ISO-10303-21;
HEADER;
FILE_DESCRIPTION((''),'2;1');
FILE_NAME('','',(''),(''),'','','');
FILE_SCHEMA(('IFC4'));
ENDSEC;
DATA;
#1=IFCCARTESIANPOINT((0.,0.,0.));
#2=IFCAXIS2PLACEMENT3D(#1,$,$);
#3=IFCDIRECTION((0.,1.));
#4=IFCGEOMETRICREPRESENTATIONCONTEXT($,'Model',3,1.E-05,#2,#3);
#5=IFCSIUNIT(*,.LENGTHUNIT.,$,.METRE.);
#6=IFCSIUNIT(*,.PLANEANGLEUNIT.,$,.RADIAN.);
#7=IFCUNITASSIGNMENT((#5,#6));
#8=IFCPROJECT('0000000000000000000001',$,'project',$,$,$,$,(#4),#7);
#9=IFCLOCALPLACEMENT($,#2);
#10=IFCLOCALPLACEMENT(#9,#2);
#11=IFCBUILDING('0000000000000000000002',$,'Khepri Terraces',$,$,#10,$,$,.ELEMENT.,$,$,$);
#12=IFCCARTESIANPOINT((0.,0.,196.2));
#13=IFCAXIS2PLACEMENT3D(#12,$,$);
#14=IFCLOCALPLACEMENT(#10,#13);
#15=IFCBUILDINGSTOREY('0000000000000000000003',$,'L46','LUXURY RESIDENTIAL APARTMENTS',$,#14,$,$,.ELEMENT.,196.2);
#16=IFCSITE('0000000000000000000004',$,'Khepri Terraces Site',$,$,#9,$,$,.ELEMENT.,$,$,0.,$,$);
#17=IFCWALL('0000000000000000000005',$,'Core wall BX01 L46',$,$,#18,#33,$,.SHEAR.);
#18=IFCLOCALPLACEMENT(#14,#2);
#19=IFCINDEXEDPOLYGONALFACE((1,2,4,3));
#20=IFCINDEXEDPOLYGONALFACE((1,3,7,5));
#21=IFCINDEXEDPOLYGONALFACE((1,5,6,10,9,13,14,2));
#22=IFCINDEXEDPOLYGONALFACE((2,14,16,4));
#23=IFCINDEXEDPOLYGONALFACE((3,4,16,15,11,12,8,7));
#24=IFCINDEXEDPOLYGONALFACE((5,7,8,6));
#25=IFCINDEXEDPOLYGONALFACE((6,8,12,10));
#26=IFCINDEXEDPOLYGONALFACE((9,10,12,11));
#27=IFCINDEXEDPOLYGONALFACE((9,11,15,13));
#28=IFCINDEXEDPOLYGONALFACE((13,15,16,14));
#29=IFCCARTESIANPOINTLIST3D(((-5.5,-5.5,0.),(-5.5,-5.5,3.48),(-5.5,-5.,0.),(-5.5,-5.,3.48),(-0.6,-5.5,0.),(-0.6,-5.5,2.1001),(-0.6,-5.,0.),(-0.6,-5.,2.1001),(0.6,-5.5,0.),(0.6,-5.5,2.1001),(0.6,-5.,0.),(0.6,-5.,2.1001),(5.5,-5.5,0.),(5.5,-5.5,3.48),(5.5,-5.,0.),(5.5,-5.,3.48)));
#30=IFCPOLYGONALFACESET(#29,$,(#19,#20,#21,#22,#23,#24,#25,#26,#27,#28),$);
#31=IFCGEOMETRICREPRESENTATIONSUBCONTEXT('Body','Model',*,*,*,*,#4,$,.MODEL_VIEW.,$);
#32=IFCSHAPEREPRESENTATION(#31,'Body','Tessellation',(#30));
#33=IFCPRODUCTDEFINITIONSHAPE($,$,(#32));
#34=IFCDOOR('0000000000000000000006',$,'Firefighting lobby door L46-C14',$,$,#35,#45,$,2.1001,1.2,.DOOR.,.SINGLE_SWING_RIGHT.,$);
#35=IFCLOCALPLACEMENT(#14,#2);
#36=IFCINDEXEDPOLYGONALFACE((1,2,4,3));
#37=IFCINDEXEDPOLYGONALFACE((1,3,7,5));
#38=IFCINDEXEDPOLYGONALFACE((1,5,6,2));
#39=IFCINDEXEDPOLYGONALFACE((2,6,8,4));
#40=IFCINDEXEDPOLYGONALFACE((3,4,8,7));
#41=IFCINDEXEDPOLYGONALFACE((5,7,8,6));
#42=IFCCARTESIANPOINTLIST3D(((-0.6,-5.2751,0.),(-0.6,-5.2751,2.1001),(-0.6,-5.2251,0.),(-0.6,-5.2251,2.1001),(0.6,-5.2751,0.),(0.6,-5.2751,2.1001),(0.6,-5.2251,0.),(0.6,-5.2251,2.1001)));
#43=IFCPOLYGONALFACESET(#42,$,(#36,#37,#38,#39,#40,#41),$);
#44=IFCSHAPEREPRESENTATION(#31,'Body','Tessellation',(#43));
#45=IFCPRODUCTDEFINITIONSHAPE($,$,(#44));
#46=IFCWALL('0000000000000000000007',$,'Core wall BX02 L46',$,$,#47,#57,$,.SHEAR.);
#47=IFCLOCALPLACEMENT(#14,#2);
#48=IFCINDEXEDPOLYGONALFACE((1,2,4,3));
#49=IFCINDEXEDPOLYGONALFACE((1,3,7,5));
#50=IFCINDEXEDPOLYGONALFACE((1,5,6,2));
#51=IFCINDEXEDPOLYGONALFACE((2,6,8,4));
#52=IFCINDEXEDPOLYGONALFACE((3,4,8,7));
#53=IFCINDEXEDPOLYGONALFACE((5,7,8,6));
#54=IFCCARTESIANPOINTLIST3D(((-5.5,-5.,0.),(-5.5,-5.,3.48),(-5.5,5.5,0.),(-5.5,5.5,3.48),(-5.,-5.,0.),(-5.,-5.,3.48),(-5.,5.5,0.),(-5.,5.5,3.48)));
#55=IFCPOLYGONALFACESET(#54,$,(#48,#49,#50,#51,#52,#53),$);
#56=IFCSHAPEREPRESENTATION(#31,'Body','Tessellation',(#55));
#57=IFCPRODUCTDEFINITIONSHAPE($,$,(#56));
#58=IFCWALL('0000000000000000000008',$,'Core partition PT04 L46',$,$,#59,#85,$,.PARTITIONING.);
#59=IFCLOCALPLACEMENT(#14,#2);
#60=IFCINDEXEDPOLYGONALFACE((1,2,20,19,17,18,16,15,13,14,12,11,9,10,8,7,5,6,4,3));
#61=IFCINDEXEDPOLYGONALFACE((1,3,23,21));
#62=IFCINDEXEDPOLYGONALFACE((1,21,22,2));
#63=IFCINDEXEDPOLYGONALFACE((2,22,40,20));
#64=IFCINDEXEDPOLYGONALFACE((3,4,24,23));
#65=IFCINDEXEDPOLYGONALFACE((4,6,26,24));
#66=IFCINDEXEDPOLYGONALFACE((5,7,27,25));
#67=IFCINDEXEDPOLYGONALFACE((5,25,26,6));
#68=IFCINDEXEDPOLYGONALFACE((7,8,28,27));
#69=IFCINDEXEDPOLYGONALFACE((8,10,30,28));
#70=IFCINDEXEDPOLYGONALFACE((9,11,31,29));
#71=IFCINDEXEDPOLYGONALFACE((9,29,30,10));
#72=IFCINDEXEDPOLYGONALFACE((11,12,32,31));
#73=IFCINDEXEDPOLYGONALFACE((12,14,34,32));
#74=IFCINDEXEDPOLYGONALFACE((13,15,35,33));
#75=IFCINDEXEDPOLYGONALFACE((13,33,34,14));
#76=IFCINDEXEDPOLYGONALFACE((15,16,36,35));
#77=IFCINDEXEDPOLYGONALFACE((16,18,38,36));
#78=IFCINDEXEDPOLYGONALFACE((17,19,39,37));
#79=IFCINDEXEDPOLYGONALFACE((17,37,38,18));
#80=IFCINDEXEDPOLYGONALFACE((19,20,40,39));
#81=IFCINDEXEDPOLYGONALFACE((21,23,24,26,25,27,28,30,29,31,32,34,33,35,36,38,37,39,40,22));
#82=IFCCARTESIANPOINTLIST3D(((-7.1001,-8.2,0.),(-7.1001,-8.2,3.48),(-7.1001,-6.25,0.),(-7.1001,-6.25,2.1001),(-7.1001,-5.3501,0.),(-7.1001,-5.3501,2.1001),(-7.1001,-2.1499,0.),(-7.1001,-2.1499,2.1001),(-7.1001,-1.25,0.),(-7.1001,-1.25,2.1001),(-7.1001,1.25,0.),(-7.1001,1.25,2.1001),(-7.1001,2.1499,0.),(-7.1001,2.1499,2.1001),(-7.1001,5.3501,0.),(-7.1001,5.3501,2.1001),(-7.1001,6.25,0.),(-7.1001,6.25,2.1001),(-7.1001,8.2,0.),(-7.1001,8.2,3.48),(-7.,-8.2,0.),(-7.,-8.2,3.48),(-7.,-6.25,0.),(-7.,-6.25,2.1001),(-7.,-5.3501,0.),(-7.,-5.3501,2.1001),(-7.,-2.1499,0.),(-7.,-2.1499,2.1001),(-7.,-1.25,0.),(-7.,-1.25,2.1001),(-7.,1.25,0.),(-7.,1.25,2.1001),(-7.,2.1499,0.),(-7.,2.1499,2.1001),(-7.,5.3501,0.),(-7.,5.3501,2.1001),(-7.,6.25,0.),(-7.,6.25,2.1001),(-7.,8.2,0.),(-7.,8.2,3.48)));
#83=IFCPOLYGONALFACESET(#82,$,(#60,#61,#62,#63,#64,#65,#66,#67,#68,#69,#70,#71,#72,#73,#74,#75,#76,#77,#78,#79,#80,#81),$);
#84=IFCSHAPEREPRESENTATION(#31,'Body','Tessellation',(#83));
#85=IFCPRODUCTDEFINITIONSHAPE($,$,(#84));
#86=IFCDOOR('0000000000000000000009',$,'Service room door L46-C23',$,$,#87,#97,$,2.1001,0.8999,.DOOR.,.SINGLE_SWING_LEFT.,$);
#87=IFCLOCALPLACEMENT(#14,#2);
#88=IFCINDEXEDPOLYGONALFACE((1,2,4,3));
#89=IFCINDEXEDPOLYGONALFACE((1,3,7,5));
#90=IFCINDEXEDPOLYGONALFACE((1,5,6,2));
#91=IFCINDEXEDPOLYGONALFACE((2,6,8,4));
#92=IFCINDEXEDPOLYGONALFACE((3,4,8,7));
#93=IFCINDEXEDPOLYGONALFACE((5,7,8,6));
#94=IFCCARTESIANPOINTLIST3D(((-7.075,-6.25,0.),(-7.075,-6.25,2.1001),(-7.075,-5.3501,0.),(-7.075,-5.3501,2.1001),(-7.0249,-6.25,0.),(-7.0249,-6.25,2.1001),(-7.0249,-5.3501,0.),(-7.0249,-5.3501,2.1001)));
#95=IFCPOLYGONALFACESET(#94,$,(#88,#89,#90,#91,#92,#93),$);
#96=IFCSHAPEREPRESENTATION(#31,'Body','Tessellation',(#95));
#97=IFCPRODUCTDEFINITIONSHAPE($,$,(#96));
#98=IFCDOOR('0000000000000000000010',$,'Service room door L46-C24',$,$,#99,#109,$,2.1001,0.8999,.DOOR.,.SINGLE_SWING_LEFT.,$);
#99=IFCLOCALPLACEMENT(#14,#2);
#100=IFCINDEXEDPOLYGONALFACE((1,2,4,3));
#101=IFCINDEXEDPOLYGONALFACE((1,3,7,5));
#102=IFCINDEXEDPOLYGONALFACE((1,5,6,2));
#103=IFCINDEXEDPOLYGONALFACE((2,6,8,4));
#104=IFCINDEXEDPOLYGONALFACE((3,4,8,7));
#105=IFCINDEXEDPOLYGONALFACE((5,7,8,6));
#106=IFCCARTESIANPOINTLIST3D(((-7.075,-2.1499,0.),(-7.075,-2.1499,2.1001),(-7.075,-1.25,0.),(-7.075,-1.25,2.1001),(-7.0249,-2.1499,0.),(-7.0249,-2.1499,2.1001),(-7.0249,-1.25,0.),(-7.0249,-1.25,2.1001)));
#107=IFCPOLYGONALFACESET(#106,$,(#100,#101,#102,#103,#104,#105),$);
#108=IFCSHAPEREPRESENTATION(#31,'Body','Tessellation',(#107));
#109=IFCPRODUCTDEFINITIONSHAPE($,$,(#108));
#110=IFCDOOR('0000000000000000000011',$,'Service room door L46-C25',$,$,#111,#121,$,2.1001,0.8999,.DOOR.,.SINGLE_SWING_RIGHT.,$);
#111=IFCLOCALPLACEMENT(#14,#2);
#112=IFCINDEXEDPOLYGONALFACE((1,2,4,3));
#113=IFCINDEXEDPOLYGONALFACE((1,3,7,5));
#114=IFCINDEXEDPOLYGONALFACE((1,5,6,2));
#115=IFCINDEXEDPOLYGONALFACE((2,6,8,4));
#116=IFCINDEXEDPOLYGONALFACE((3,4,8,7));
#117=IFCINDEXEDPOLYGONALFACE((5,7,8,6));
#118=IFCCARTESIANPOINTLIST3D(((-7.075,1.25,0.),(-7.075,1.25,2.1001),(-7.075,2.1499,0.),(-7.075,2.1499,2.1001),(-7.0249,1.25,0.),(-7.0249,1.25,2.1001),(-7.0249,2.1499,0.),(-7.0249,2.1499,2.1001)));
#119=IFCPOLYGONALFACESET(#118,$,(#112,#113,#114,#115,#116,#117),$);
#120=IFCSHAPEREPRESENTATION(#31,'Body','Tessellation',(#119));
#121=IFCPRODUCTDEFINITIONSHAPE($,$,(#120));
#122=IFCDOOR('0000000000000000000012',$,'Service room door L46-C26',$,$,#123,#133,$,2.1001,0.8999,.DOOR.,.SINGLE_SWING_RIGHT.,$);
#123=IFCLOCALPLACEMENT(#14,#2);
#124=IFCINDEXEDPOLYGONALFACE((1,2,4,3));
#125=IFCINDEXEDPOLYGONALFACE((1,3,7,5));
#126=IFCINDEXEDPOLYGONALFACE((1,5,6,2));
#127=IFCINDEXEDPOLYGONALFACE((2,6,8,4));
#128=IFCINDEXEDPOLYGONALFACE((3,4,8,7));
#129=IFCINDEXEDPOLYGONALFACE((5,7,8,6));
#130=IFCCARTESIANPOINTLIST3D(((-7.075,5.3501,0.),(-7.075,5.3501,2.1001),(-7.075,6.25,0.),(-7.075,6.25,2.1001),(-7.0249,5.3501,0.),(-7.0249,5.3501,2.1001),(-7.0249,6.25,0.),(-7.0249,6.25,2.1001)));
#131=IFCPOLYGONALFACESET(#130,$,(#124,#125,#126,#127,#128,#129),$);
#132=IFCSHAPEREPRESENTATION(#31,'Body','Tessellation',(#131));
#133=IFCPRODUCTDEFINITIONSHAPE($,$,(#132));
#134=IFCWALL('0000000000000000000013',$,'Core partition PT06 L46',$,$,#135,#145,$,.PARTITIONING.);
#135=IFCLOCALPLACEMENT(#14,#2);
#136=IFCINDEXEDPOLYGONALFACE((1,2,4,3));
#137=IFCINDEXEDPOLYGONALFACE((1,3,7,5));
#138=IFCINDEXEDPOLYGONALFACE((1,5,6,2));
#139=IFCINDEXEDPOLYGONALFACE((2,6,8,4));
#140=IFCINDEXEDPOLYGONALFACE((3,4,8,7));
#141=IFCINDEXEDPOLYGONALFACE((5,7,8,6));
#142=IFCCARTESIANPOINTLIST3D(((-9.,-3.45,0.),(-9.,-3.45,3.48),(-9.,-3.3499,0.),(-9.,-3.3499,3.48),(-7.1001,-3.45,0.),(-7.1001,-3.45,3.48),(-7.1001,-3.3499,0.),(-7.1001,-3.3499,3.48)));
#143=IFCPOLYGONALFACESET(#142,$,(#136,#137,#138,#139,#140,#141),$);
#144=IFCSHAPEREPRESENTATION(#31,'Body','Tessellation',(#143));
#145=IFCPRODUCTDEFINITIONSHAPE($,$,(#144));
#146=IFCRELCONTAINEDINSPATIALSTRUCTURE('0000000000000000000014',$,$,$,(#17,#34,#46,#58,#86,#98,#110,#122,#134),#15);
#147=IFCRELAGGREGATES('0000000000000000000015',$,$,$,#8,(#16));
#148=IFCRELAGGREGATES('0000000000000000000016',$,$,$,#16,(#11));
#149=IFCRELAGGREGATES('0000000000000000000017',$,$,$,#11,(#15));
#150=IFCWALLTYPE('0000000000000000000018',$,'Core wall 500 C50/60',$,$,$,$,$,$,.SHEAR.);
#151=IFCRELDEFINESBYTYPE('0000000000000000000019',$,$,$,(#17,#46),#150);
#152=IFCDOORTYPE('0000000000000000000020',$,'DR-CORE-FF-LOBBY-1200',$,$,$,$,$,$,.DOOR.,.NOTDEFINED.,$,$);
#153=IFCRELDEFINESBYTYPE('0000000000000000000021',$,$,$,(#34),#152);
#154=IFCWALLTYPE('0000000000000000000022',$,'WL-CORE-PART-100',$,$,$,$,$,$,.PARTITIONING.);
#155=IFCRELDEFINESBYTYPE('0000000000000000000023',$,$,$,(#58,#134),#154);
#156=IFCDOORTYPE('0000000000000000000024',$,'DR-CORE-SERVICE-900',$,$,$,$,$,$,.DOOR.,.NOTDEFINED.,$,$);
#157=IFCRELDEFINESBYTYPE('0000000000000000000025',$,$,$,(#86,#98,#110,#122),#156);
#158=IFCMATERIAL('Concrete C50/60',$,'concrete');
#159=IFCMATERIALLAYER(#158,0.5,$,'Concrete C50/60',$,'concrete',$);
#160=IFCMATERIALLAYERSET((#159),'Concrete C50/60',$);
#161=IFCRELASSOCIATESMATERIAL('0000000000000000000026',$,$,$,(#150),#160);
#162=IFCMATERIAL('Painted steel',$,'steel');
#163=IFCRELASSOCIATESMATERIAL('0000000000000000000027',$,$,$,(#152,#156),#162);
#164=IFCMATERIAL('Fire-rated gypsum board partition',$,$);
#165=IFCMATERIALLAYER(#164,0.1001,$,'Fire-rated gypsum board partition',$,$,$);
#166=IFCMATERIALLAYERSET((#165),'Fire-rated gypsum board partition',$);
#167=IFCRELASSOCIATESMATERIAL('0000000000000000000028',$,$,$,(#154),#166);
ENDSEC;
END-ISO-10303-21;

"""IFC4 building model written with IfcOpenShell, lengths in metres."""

from ifc_helpers import new_model, si_unit, direction, frame, frame_2d, origin, place, context, subcontext, project, spatial, rectangle, extrude, material, layer, layer_set, type_object, element, fill, save


model = new_model("IFC4")

# Units and contexts
model_context = context("Model", 3, precision=1e-05, world=origin(), true_north=direction((0.0, 1.0)))
body_context = subcontext(model_context, "Body", "Model", "MODEL_VIEW")
ifc_project = project(units=[si_unit("LENGTHUNIT", "METRE"), si_unit("PLANEANGLEUNIT", "RADIAN")], contexts=[model_context])

# Site, building, storey
site_placement = place(None, origin())
site = spatial("IfcSite", under=ifc_project, at=site_placement, Name="Khepri Terraces Site", CompositionType="ELEMENT", RefElevation=0.0)
building_placement = place(site_placement, origin())
building = spatial("IfcBuilding", under=site, at=building_placement, Name="Khepri Terraces", CompositionType="ELEMENT")
storey_placement = place(building_placement, frame((0.0, 0.0, 196.2)))
storey = spatial("IfcBuildingStorey", under=building, at=storey_placement, Name="L46", Description="LUXURY RESIDENTIAL APARTMENTS", CompositionType="ELEMENT", Elevation=196.2)

# Shared definitions
ifc_material_1 = material(Name="Concrete C50/60", Category="concrete")

# Shared definitions
ifc_material_2 = material(Name="Painted steel", Category="steel")

# Wall, opening, door
ifc_layer_1 = layer(ifc_material_1, 0.5, Name="Concrete C50/60", Category="concrete")
ifc_layer_set_1 = layer_set([ifc_layer_1], Name="Concrete C50/60")
wall_type_1 = type_object("IfcWallType", Name="Core wall 500 C50/60", PredefinedType="SHEAR", material=ifc_layer_set_1)
wall_1_placement = place(storey_placement, frame((-5.5, -5.25, 0.0), z_axis=(0.0, 0.0, 1.0), x_axis=(1.0, 0.0, 0.0)))
wall_1 = element("IfcWall", 1, at=wall_1_placement, inside=storey, type_object=wall_type_1, Name="Core wall BX01 L46", PredefinedType="SHEAR", context=body_context, shape_type="SweptSolid", body=[
    extrude(rectangle(XDim=11.0, YDim=0.5, at=frame_2d((5.5, 0.0))), origin(), (0.0, 0.0, 1.0), 3.48),
])
opening_1_placement = place(wall_1_placement, frame((4.8999, 0.0, 0.0)))
opening_1 = element("IfcOpeningElement", 2, at=opening_1_placement, cuts=wall_1, PredefinedType="OPENING", context=body_context, shape_type="SweptSolid", body=[
    extrude(rectangle(XDim=1.2, YDim=2.1001, at=frame_2d((0.6001, 1.05))), frame((0.0, 0.26, 0.0), z_axis=(0.0, -1.0, 0.0), x_axis=(1.0, 0.0, 0.0)), (0.0, 0.0, 1.0), 0.52),
])
door_type_1 = type_object("IfcDoorType", Name="DR-CORE-FF-LOBBY-1200", OperationType="NOTDEFINED", PredefinedType="DOOR", material=ifc_material_2)
door_1_placement = place(opening_1_placement, origin())
door_1 = element("IfcDoor", 3, at=door_1_placement, inside=storey, type_object=door_type_1, Name="Firefighting lobby door L46-C14", OperationType="SINGLE_SWING_RIGHT", OverallHeight=2.1001, OverallWidth=1.2, PredefinedType="DOOR", context=body_context, shape_type="SweptSolid", body=[
    extrude(rectangle(XDim=1.2, YDim=2.1001, at=frame_2d((0.6001, 1.05))), frame((0.0, 0.0249, 0.0), z_axis=(0.0, -1.0, 0.0), x_axis=(1.0, 0.0, 0.0)), (0.0, 0.0, 1.0), 0.05),
])
fill(opening_1, door_1)

# Wall
wall_2_placement = place(storey_placement, frame((-5.25, -5.0, 0.0), z_axis=(0.0, 0.0, 1.0), x_axis=(0.0, 1.0, 0.0)))
element("IfcWall", 4, at=wall_2_placement, inside=storey, type_object=wall_type_1, Name="Core wall BX02 L46", PredefinedType="SHEAR", context=body_context, shape_type="SweptSolid", body=[
    extrude(rectangle(XDim=10.5, YDim=0.5, at=frame_2d((5.25, 0.0))), origin(), (0.0, 0.0, 1.0), 3.48),
])

# Wall, openings, doors
ifc_material_3 = material(Name="Fire-rated gypsum board partition")
ifc_layer_2 = layer(ifc_material_3, 0.1001, Name="Fire-rated gypsum board partition")
ifc_layer_set_2 = layer_set([ifc_layer_2], Name="Fire-rated gypsum board partition")
wall_type_2 = type_object("IfcWallType", Name="WL-CORE-PART-100", PredefinedType="PARTITIONING", material=ifc_layer_set_2)
wall_3_placement = place(storey_placement, frame((-7.05, -8.2, 0.0), z_axis=(0.0, 0.0, 1.0), x_axis=(0.0, 1.0, 0.0)))
wall_3 = element("IfcWall", 5, at=wall_3_placement, inside=storey, type_object=wall_type_2, Name="Core partition PT04 L46", PredefinedType="PARTITIONING", context=body_context, shape_type="SweptSolid", body=[
    extrude(rectangle(XDim=16.3999, YDim=0.1001, at=frame_2d((8.2, 0.0))), origin(), (0.0, 0.0, 1.0), 3.48),
])
opening_2_placement = place(wall_3_placement, frame((1.95, 0.0, 0.0)))
opening_2 = element("IfcOpeningElement", 6, at=opening_2_placement, cuts=wall_3, PredefinedType="OPENING", context=body_context, shape_type="SweptSolid", body=[
    extrude(rectangle(XDim=0.8999, YDim=2.1001, at=frame_2d((0.45, 1.05))), frame((0.0, 0.0601, 0.0), z_axis=(0.0, -1.0, 0.0), x_axis=(1.0, 0.0, 0.0)), (0.0, 0.0, 1.0), 0.1201),
])
opening_3_placement = place(wall_3_placement, frame((6.05, 0.0, 0.0)))
opening_3 = element("IfcOpeningElement", 7, at=opening_3_placement, cuts=wall_3, PredefinedType="OPENING", context=body_context, shape_type="SweptSolid", body=[
    extrude(rectangle(XDim=0.8999, YDim=2.1001, at=frame_2d((0.45, 1.05))), frame((0.0, 0.0601, 0.0), z_axis=(0.0, -1.0, 0.0), x_axis=(1.0, 0.0, 0.0)), (0.0, 0.0, 1.0), 0.1201),
])
opening_4_placement = place(wall_3_placement, frame((9.45, 0.0, 0.0)))
opening_4 = element("IfcOpeningElement", 8, at=opening_4_placement, cuts=wall_3, PredefinedType="OPENING", context=body_context, shape_type="SweptSolid", body=[
    extrude(rectangle(XDim=0.8999, YDim=2.1001, at=frame_2d((0.45, 1.05))), frame((0.0, 0.0601, 0.0), z_axis=(0.0, -1.0, 0.0), x_axis=(1.0, 0.0, 0.0)), (0.0, 0.0, 1.0), 0.1201),
])
opening_5_placement = place(wall_3_placement, frame((13.55, 0.0, 0.0)))
opening_5 = element("IfcOpeningElement", 9, at=opening_5_placement, cuts=wall_3, PredefinedType="OPENING", context=body_context, shape_type="SweptSolid", body=[
    extrude(rectangle(XDim=0.8999, YDim=2.1001, at=frame_2d((0.45, 1.05))), frame((0.0, 0.0601, 0.0), z_axis=(0.0, -1.0, 0.0), x_axis=(1.0, 0.0, 0.0)), (0.0, 0.0, 1.0), 0.1201),
])
door_type_2 = type_object("IfcDoorType", Name="DR-CORE-SERVICE-900", OperationType="NOTDEFINED", PredefinedType="DOOR", material=ifc_material_2)
door_2_placement = place(opening_2_placement, origin())
door_2 = element("IfcDoor", 10, at=door_2_placement, inside=storey, type_object=door_type_2, Name="Service room door L46-C23", OperationType="SINGLE_SWING_LEFT", OverallHeight=2.1001, OverallWidth=0.8999, PredefinedType="DOOR", context=body_context, shape_type="SweptSolid", body=[
    extrude(rectangle(XDim=0.8999, YDim=2.1001, at=frame_2d((0.45, 1.05))), frame((0.0, 0.0249, 0.0), z_axis=(0.0, -1.0, 0.0), x_axis=(1.0, 0.0, 0.0)), (0.0, 0.0, 1.0), 0.05),
])
fill(opening_2, door_2)
door_3_placement = place(opening_3_placement, origin())
door_3 = element("IfcDoor", 11, at=door_3_placement, inside=storey, type_object=door_type_2, Name="Service room door L46-C24", OperationType="SINGLE_SWING_LEFT", OverallHeight=2.1001, OverallWidth=0.8999, PredefinedType="DOOR", context=body_context, shape_type="SweptSolid", body=[
    extrude(rectangle(XDim=0.8999, YDim=2.1001, at=frame_2d((0.45, 1.05))), frame((0.0, 0.0249, 0.0), z_axis=(0.0, -1.0, 0.0), x_axis=(1.0, 0.0, 0.0)), (0.0, 0.0, 1.0), 0.05),
])
fill(opening_3, door_3)
door_4_placement = place(opening_4_placement, origin())
door_4 = element("IfcDoor", 12, at=door_4_placement, inside=storey, type_object=door_type_2, Name="Service room door L46-C25", OperationType="SINGLE_SWING_RIGHT", OverallHeight=2.1001, OverallWidth=0.8999, PredefinedType="DOOR", context=body_context, shape_type="SweptSolid", body=[
    extrude(rectangle(XDim=0.8999, YDim=2.1001, at=frame_2d((0.45, 1.05))), frame((0.0, 0.0249, 0.0), z_axis=(0.0, -1.0, 0.0), x_axis=(1.0, 0.0, 0.0)), (0.0, 0.0, 1.0), 0.05),
])
fill(opening_4, door_4)
door_5_placement = place(opening_5_placement, origin())
door_5 = element("IfcDoor", 13, at=door_5_placement, inside=storey, type_object=door_type_2, Name="Service room door L46-C26", OperationType="SINGLE_SWING_RIGHT", OverallHeight=2.1001, OverallWidth=0.8999, PredefinedType="DOOR", context=body_context, shape_type="SweptSolid", body=[
    extrude(rectangle(XDim=0.8999, YDim=2.1001, at=frame_2d((0.45, 1.05))), frame((0.0, 0.0249, 0.0), z_axis=(0.0, -1.0, 0.0), x_axis=(1.0, 0.0, 0.0)), (0.0, 0.0, 1.0), 0.05),
])
fill(opening_5, door_5)

# Wall
wall_4_placement = place(storey_placement, frame((-9.0, -3.3999, 0.0), z_axis=(0.0, 0.0, 1.0), x_axis=(1.0, 0.0, 0.0)))
element("IfcWall", 14, at=wall_4_placement, inside=storey, type_object=wall_type_2, Name="Core partition PT06 L46", PredefinedType="PARTITIONING", context=body_context, shape_type="SweptSolid", body=[
    extrude(rectangle(XDim=1.8999, YDim=0.1001, at=frame_2d((0.95, 0.0))), origin(), (0.0, 0.0, 1.0), 3.48),
])

save(model, "model.ifc")
